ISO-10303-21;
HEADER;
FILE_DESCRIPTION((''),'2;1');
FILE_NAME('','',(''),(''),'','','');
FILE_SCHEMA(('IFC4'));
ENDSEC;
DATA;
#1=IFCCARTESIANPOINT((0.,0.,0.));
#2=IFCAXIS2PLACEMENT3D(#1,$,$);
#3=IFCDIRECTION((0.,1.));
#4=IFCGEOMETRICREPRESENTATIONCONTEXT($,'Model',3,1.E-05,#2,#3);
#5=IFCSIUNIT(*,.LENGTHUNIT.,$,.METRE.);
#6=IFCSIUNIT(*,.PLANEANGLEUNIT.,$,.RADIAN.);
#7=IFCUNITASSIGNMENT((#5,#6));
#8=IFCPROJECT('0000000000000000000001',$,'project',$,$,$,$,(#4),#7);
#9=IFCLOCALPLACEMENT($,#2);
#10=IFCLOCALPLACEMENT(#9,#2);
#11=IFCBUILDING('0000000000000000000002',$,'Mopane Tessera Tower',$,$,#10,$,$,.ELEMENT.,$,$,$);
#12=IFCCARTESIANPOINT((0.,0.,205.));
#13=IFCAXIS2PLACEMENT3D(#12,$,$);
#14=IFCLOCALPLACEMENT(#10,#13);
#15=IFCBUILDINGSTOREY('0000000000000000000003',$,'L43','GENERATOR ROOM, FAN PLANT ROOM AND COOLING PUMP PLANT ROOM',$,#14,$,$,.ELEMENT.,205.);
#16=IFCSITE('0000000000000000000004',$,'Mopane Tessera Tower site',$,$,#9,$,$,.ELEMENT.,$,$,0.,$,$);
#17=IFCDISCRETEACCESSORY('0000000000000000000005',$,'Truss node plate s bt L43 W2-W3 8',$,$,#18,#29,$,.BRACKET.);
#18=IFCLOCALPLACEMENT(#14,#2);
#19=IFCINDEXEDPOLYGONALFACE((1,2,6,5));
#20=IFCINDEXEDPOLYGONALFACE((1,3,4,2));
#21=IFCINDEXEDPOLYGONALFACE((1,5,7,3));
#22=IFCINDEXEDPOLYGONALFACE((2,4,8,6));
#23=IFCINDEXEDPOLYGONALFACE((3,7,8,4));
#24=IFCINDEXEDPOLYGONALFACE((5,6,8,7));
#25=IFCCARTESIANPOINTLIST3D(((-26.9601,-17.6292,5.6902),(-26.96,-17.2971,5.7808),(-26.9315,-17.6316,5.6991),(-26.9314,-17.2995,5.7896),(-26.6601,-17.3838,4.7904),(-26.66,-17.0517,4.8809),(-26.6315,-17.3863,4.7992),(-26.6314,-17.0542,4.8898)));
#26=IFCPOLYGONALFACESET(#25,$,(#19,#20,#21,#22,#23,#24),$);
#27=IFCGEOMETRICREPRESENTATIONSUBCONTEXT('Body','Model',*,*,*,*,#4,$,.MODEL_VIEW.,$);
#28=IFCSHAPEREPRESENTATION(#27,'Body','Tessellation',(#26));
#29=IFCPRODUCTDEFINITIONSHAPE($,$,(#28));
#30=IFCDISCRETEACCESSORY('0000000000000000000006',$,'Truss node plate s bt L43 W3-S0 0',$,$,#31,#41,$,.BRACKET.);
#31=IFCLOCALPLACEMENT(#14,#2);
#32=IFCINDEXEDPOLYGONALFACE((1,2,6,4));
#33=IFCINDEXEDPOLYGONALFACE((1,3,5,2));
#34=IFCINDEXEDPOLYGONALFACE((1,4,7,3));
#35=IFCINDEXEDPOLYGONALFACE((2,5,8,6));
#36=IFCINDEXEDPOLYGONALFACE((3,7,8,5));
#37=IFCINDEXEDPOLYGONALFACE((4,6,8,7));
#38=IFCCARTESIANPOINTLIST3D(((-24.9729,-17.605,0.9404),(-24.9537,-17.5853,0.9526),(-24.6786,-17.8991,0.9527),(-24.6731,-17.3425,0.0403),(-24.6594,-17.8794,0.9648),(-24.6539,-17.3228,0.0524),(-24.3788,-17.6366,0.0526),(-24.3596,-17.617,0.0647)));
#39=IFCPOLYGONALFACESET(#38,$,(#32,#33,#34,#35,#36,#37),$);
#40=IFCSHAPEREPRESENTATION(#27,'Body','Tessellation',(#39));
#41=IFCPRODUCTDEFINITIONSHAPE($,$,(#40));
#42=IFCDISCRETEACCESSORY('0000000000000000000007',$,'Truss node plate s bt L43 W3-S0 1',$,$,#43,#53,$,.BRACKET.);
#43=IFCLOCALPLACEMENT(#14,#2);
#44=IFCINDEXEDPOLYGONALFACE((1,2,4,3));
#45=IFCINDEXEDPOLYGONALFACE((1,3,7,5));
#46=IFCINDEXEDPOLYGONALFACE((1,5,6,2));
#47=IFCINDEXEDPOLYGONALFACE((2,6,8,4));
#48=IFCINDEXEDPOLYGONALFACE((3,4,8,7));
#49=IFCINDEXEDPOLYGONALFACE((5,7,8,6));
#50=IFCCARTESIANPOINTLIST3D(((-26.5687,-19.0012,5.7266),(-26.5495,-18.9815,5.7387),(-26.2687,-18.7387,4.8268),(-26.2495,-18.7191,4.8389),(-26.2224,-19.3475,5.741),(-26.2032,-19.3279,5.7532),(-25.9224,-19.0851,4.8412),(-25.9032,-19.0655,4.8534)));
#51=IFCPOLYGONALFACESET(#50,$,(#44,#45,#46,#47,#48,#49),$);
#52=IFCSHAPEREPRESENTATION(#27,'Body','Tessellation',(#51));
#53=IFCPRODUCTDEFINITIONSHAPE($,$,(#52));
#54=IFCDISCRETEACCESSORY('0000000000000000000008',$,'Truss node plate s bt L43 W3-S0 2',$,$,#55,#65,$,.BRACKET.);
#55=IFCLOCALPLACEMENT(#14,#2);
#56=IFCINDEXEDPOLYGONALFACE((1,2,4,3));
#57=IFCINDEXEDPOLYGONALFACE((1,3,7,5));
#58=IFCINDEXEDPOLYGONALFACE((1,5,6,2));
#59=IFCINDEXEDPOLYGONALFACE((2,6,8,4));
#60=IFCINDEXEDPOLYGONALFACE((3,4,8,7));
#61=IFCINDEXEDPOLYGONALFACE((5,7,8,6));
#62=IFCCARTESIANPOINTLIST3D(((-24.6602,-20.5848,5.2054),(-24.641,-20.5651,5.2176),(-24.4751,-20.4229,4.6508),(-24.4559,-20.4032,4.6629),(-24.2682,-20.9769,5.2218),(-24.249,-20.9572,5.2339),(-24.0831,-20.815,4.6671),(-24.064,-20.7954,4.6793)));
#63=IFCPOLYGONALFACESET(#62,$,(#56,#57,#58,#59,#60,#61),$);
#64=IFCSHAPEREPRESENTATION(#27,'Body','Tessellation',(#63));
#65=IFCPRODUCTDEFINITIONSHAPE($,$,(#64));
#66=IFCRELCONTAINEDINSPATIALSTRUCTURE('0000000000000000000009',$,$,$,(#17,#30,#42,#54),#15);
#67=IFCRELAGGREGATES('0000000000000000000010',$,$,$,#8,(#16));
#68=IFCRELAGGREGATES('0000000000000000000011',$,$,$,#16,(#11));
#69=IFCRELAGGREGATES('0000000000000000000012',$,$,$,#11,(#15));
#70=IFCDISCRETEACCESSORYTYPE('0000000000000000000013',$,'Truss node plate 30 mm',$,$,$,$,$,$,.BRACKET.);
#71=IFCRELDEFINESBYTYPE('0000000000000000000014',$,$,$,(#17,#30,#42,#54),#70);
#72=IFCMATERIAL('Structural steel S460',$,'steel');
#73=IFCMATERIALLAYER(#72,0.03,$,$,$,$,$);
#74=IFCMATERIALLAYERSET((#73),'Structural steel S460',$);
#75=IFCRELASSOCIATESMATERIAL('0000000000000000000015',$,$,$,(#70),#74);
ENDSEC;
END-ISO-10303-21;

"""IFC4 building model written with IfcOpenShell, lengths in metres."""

from ifc_helpers import new_model, si_unit, direction, frame, origin, origin_2d, place, context, subcontext, project, spatial, rectangle, extrude, material, layer, layer_set, type_object, element, save


model = new_model("IFC4")

# Units and contexts
model_context = context("Model", 3, precision=1e-05, world=origin(), true_north=direction((0.0, 1.0)))
body_context = subcontext(model_context, "Body", "Model", "MODEL_VIEW")
ifc_project = project(units=[si_unit("LENGTHUNIT", "METRE"), si_unit("PLANEANGLEUNIT", "RADIAN")], contexts=[model_context])

# Site, building, storey
site_placement = place(None, origin())
site = spatial("IfcSite", under=ifc_project, at=site_placement, Name="Mopane Tessera Tower site", CompositionType="ELEMENT", RefElevation=0.0)
building_placement = place(site_placement, origin())
building = spatial("IfcBuilding", under=site, at=building_placement, Name="Mopane Tessera Tower", CompositionType="ELEMENT")
storey_placement = place(building_placement, frame((0.0, 0.0, 205.0)))
storey = spatial("IfcBuildingStorey", under=building, at=storey_placement, Name="L43", Description="GENERATOR ROOM, FAN PLANT ROOM AND COOLING PUMP PLANT ROOM", CompositionType="ELEMENT", Elevation=205.0)

# Discrete accessories
ifc_material_1 = material(Name="Structural steel S460", Category="steel")
ifc_layer_1 = layer(ifc_material_1, 0.03)
ifc_layer_set_1 = layer_set([ifc_layer_1], Name="Structural steel S460")
discrete_accessory_type_1 = type_object("IfcDiscreteAccessoryType", Name="Truss node plate 30 mm", PredefinedType="BRACKET", material=ifc_layer_set_1)
discrete_accessory_1_placement = place(storey_placement, frame((-26.6458, -17.219, 4.8401), z_axis=(-0.306227, -0.250414, 0.918432), x_axis=(0.951958, -0.080889, 0.295351)))
element("IfcDiscreteAccessory", 1, at=discrete_accessory_1_placement, inside=storey, type_object=discrete_accessory_type_1, Name="Truss node plate s bt L43 W2-W3 8", PredefinedType="BRACKET", context=body_context, shape_type="SweptSolid", body=[
    extrude(rectangle(XDim=0.03, YDim=0.3442, at=origin_2d()), origin(), (0.0, 0.0, 1.0), 0.9797),
])
discrete_accessory_2_placement = place(storey_placement, frame((-24.5164, -17.4797, 0.0525), z_axis=(-0.304558, -0.266613, 0.914419), x_axis=(0.638311, 0.65543, 0.403697)))
element("IfcDiscreteAccessory", 2, at=discrete_accessory_2_placement, inside=storey, type_object=discrete_accessory_type_1, Name="Truss node plate s bt L43 W3-S0 0", PredefinedType="BRACKET", context=body_context, shape_type="SweptSolid", body=[
    extrude(rectangle(XDim=0.03, YDim=0.4163, at=origin_2d()), origin(), (0.0, 0.0, 1.0), 0.9844),
])
discrete_accessory_3_placement = place(storey_placement, frame((-26.0859, -18.9021, 4.8401), z_axis=(-0.304852, -0.266653, 0.914309), x_axis=(0.638493, 0.6551, 0.403945)))
element("IfcDiscreteAccessory", 3, at=discrete_accessory_3_placement, inside=storey, type_object=discrete_accessory_type_1, Name="Truss node plate s bt L43 W3-S0 1", PredefinedType="BRACKET", context=body_context, shape_type="SweptSolid", body=[
    extrude(rectangle(XDim=0.03, YDim=0.49, at=origin_2d()), origin(), (0.0, 0.0, 1.0), 0.9841),
])
discrete_accessory_4_placement = place(storey_placement, frame((-24.2695, -20.6091, 4.665), z_axis=(-0.305008, -0.266782, 0.91422), x_axis=(0.638435, 0.655032, 0.404146)))
element("IfcDiscreteAccessory", 4, at=discrete_accessory_4_placement, inside=storey, type_object=discrete_accessory_type_1, Name="Truss node plate s bt L43 W3-S0 2", PredefinedType="BRACKET", context=body_context, shape_type="SweptSolid", body=[
    extrude(rectangle(XDim=0.03, YDim=0.5547, at=origin_2d()), origin(), (0.0, 0.0, 1.0), 0.6067),
])

save(model, "model.ifc")
